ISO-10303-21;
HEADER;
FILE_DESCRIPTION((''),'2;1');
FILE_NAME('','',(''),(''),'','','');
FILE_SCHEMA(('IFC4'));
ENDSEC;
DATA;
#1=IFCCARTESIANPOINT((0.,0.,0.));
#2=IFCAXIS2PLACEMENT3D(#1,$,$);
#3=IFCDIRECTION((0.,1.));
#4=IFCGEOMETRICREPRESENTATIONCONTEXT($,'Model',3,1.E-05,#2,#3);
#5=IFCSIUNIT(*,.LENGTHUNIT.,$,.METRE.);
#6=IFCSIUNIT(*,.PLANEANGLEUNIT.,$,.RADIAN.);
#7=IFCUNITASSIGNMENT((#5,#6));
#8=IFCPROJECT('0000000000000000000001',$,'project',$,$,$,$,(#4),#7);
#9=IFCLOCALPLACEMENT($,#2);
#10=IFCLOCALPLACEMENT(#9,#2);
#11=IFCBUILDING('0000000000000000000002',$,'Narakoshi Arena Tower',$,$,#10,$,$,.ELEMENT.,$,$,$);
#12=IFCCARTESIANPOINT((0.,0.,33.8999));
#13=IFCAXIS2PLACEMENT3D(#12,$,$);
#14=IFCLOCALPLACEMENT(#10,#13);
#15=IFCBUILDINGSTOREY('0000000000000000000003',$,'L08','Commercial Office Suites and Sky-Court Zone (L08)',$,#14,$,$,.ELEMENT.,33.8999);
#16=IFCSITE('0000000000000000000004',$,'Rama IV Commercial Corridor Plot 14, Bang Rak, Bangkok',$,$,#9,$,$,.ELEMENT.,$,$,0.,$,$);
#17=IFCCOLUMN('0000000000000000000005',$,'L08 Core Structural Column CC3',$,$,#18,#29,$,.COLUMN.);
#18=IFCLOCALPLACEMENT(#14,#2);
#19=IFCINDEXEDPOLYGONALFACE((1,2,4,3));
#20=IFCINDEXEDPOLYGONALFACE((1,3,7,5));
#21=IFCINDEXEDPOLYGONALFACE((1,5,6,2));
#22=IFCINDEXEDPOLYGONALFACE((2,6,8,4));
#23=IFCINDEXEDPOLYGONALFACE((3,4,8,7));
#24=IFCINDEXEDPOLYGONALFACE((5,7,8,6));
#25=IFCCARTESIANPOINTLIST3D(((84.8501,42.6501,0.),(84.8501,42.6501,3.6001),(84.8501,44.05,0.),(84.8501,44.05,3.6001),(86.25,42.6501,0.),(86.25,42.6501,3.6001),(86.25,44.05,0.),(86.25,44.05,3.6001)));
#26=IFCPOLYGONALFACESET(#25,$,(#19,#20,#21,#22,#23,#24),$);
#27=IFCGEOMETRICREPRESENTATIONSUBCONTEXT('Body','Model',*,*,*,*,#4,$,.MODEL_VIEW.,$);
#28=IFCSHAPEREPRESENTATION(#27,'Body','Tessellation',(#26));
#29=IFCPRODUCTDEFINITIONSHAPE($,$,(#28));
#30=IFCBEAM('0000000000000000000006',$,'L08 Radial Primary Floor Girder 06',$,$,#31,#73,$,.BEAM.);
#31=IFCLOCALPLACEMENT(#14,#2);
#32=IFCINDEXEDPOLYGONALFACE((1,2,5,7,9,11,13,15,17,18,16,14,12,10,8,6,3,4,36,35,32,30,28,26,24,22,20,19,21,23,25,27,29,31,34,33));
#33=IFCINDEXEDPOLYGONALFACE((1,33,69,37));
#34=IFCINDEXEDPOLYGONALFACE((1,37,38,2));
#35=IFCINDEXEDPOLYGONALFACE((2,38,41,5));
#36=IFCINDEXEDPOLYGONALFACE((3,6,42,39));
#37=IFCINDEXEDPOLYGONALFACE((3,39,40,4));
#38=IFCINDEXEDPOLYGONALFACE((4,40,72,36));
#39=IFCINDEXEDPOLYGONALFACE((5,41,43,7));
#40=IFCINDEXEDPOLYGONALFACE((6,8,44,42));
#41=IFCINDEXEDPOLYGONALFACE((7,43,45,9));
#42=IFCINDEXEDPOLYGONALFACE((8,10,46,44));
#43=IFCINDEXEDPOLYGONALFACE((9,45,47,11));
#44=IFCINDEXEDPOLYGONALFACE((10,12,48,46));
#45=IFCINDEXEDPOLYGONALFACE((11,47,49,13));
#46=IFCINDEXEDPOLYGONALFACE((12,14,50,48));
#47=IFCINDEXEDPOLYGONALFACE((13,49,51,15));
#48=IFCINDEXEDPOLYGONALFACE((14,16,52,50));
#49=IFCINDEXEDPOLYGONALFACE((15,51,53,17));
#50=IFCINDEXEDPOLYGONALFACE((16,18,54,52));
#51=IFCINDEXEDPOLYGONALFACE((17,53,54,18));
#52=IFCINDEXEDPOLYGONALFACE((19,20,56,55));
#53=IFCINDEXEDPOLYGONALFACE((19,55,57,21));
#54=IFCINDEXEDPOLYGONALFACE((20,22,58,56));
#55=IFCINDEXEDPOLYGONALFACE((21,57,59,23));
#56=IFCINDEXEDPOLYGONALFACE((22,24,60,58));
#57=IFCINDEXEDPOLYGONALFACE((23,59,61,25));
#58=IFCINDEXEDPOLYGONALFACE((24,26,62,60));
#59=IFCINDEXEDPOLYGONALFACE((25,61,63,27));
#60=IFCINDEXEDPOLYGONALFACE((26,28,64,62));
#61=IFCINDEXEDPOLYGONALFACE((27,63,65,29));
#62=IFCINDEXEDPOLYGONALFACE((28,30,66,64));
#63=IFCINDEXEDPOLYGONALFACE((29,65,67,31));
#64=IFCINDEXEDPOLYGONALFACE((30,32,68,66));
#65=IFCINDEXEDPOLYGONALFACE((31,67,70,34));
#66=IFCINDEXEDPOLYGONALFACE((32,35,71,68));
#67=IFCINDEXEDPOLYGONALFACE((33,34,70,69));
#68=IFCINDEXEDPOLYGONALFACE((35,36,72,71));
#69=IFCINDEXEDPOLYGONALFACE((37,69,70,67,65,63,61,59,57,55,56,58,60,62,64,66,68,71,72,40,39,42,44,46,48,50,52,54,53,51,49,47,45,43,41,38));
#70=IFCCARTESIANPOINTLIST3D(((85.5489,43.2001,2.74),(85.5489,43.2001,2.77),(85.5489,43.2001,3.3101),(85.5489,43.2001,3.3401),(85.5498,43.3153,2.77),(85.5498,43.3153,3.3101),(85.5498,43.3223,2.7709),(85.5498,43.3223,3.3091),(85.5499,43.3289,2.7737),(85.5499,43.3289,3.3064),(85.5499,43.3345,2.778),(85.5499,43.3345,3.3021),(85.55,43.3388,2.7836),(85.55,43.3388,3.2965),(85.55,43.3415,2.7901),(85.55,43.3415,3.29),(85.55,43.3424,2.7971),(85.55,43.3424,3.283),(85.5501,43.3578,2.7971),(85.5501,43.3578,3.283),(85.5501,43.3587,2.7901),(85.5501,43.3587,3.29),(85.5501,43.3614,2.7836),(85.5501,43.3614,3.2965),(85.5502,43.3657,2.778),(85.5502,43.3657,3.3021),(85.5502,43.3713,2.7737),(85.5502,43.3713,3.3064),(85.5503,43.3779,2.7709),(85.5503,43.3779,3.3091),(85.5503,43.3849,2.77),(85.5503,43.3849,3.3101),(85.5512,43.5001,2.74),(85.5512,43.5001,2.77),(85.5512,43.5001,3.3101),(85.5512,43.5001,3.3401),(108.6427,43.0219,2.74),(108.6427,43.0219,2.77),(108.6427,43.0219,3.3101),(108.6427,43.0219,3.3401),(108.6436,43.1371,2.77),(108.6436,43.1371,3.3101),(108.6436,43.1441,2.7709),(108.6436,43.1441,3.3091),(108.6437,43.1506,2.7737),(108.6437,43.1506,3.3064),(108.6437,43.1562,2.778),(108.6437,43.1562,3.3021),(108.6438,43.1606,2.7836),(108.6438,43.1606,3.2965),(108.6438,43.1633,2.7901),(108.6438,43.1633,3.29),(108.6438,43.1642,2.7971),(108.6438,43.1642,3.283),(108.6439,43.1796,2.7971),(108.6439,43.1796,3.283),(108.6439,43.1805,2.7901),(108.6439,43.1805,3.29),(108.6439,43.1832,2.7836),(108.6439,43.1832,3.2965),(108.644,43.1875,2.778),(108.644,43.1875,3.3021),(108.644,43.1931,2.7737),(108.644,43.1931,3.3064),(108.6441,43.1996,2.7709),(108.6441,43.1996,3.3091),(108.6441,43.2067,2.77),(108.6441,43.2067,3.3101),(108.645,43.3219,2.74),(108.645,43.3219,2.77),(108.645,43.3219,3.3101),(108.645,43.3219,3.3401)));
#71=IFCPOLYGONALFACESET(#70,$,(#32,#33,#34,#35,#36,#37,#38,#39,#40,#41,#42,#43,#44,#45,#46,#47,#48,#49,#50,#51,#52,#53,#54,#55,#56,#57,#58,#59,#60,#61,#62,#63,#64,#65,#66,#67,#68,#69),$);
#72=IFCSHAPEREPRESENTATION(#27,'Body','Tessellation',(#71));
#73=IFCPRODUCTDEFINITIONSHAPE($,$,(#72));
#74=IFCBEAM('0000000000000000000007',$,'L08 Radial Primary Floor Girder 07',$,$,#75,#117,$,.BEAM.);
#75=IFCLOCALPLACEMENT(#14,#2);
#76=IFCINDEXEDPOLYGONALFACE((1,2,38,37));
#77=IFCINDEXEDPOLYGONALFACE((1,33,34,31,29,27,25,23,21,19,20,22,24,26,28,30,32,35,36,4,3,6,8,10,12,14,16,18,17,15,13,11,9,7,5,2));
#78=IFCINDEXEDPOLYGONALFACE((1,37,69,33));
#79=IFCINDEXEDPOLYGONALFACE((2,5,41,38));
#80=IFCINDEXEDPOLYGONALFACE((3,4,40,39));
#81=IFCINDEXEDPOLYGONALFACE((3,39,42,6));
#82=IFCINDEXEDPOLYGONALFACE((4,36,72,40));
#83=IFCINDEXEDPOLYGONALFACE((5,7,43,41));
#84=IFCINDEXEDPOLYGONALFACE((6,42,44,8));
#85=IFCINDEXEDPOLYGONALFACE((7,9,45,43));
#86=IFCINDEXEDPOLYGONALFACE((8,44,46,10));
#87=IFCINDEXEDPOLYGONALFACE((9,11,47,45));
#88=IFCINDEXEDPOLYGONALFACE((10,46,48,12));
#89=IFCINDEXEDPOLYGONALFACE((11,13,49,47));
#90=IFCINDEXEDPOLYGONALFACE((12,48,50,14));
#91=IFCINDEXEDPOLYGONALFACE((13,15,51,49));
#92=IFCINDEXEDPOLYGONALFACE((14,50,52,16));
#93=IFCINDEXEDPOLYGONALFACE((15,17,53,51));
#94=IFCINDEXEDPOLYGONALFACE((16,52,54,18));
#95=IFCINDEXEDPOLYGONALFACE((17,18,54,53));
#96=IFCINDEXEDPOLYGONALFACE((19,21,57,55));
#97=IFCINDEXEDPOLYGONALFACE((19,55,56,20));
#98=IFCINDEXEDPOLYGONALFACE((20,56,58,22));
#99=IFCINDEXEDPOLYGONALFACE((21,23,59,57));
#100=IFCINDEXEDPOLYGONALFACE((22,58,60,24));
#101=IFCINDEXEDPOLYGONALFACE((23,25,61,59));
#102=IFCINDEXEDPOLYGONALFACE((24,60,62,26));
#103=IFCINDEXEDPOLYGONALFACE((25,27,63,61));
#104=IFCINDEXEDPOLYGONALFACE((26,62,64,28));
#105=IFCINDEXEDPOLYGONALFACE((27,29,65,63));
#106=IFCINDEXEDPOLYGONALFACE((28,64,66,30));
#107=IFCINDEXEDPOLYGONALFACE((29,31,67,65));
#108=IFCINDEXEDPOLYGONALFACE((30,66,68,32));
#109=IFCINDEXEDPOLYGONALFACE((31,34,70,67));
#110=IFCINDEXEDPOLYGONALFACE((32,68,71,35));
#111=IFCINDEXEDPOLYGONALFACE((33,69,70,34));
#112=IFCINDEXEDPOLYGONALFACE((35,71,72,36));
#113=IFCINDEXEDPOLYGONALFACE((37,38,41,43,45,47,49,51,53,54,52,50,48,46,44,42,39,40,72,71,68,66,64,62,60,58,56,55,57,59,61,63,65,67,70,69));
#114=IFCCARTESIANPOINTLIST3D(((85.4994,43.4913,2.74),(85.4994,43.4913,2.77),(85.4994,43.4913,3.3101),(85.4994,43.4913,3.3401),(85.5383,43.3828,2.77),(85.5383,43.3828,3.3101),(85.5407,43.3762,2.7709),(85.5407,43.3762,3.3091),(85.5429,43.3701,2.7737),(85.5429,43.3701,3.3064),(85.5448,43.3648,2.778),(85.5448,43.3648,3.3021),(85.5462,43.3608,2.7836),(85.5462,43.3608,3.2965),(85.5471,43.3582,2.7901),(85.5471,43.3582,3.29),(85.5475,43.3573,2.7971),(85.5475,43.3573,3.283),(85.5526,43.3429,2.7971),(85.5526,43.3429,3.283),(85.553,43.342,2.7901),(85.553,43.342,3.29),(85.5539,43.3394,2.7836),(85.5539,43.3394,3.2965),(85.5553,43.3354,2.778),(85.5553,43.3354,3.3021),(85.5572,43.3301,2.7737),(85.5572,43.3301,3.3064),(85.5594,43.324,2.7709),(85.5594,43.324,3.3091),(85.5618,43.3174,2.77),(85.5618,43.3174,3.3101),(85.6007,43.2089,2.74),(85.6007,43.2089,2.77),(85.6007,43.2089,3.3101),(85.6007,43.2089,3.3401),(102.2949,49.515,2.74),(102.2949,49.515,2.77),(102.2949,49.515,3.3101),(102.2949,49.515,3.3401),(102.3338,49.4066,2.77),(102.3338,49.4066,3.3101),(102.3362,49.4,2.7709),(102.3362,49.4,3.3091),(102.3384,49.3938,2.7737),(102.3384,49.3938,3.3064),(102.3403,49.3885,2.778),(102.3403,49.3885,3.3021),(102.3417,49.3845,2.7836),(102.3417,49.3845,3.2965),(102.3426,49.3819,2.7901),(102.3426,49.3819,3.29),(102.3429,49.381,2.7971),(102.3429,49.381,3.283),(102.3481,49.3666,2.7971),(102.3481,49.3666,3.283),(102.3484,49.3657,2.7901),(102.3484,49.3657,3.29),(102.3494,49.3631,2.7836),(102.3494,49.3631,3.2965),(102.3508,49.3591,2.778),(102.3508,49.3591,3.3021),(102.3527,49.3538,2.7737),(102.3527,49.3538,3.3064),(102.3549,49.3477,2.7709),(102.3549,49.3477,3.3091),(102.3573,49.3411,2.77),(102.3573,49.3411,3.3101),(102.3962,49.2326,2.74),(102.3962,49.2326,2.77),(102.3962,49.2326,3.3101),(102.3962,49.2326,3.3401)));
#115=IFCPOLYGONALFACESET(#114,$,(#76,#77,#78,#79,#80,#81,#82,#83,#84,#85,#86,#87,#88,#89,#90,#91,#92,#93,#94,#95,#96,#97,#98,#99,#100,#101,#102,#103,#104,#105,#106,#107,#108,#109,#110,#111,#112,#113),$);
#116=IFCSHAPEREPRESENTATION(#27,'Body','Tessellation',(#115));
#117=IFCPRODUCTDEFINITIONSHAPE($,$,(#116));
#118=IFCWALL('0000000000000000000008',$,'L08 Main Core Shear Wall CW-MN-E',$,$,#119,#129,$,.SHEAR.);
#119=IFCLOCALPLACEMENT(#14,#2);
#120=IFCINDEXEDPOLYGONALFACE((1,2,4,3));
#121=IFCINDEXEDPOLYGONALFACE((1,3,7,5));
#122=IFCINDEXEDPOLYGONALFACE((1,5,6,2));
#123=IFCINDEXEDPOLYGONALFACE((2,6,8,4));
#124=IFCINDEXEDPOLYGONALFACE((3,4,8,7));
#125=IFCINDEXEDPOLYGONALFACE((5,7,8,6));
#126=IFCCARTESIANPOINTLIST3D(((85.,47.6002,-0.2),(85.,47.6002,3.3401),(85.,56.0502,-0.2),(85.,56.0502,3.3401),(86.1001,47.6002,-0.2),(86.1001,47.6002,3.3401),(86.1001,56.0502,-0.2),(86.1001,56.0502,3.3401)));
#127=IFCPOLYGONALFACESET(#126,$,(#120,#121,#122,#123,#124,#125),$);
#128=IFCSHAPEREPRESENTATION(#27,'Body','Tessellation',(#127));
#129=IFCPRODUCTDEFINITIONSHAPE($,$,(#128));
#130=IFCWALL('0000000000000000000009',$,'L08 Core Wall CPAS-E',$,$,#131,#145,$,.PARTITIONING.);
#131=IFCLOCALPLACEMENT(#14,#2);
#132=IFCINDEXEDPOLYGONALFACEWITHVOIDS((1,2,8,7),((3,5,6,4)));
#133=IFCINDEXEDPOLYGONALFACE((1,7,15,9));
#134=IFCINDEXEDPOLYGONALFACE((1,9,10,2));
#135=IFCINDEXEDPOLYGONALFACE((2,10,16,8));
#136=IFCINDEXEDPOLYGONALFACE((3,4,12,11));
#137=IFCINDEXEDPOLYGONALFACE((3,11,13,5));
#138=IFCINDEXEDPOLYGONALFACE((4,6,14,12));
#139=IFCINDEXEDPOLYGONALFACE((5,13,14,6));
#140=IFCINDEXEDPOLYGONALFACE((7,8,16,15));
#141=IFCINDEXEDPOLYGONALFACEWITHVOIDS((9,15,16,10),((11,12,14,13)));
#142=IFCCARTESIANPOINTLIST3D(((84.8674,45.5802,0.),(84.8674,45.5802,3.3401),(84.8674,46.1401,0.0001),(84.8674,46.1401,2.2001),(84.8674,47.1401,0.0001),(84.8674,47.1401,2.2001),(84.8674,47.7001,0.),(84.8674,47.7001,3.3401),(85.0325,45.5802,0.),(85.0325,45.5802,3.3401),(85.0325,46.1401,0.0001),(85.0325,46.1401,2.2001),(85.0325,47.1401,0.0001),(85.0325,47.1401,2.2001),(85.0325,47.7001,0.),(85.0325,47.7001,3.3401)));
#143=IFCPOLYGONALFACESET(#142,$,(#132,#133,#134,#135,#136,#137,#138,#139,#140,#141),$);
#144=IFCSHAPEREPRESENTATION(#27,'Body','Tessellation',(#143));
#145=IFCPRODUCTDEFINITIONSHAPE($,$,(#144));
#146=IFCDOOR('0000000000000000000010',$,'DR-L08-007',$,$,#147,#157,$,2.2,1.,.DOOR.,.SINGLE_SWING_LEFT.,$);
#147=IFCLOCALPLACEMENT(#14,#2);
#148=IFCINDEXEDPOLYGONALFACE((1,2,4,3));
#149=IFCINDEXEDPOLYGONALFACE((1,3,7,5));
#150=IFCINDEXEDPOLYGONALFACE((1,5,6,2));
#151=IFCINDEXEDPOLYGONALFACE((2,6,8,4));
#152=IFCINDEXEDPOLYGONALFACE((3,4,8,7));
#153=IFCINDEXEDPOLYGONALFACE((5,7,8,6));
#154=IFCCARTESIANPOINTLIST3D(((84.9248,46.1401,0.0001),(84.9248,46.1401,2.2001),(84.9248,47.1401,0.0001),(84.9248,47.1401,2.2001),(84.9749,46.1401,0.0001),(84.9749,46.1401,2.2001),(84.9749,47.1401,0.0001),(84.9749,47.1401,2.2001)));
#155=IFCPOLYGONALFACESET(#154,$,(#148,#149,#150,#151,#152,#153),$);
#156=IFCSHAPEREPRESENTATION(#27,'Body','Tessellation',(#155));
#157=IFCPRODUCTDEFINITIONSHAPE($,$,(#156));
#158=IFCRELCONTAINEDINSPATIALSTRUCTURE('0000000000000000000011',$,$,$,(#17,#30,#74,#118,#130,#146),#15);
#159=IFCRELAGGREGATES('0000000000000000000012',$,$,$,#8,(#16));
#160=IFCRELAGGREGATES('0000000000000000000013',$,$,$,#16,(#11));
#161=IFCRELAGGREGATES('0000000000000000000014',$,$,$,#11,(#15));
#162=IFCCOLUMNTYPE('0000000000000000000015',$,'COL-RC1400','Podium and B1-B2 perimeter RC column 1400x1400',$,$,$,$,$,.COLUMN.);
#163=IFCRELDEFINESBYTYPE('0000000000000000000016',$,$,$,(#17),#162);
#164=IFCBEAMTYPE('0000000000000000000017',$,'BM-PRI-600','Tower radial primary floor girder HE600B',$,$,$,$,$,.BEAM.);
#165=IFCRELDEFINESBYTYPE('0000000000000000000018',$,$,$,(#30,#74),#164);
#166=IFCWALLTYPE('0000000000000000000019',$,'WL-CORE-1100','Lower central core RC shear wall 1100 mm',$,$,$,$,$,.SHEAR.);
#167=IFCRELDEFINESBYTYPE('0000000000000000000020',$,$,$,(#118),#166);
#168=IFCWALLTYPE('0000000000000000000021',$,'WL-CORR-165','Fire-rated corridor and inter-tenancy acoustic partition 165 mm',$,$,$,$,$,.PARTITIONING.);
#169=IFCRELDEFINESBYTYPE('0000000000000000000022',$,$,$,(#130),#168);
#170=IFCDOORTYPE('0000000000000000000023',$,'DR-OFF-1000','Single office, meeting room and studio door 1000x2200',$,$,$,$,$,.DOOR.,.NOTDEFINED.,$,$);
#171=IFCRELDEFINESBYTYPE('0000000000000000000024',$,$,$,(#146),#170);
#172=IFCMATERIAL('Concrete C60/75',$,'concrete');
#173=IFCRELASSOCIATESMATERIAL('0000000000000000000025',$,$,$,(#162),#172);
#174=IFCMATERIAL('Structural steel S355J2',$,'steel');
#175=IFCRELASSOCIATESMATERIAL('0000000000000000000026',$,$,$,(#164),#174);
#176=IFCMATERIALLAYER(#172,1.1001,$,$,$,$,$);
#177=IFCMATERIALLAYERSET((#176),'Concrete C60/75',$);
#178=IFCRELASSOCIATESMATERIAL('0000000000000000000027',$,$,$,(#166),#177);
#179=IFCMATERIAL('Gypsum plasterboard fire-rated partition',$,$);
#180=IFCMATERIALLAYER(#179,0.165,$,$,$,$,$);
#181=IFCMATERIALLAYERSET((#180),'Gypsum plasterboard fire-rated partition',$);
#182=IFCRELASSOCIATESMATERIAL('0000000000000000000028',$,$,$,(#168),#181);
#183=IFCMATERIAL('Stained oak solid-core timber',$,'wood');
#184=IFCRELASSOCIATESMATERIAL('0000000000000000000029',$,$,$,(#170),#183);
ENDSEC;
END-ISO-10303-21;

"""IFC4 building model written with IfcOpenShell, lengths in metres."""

from ifc_helpers import new_model, si_unit, direction, frame, frame_2d, origin, origin_2d, place, context, subcontext, project, spatial, rectangle, i_section, extrude, material, layer, layer_set, material_profile, profile_set, type_object, element, fill, save


model = new_model("IFC4")

# Units and contexts
model_context = context("Model", 3, precision=1e-05, world=origin(), true_north=direction((0.0, 1.0)))
body_context = subcontext(model_context, "Body", "Model", "MODEL_VIEW")
ifc_project = project(units=[si_unit("LENGTHUNIT", "METRE"), si_unit("PLANEANGLEUNIT", "RADIAN")], contexts=[model_context])

# Site, building, storey
site_placement = place(None, origin())
site = spatial("IfcSite", under=ifc_project, at=site_placement, Name="Rama IV Commercial Corridor Plot 14, Bang Rak, Bangkok", CompositionType="ELEMENT", RefElevation=0.0)
building_placement = place(site_placement, origin())
building = spatial("IfcBuilding", under=site, at=building_placement, Name="Narakoshi Arena Tower", CompositionType="ELEMENT")
storey_placement = place(building_placement, frame((0.0, 0.0, 33.8999)))
storey = spatial("IfcBuildingStorey", under=building, at=storey_placement, Name="L08", Description="Commercial Office Suites and Sky-Court Zone (L08)", CompositionType="ELEMENT", Elevation=33.8999)

# Column
ifc_material_1 = material(Name="Concrete C60/75", Category="concrete")
ifc_material_profile_1 = material_profile(ifc_material_1, rectangle(XDim=1.3999, YDim=1.3999, at=origin_2d()), Name="RC1400x1400")
ifc_profile_set_1 = profile_set([ifc_material_profile_1], Name="Concrete C60/75")
column_type = type_object("IfcColumnType", Name="COL-RC1400", Description="Podium and B1-B2 perimeter RC column 1400x1400", PredefinedType="COLUMN", material=ifc_profile_set_1)
column_placement = place(storey_placement, frame((85.55, 43.3501, 0.0), z_axis=(0.0, 0.0, 1.0), x_axis=(1.0, 0.0, 0.0)))
element("IfcColumn", 1, at=column_placement, inside=storey, type_object=column_type, Name="L08 Core Structural Column CC3", PredefinedType="COLUMN", context=body_context, shape_type="SweptSolid", body=[
    extrude(rectangle(XDim=1.3999, YDim=1.3999, at=origin_2d()), origin(), (0.0, 0.0, 1.0), 3.6001),
])

# Beams
ifc_material_2 = material(Name="Structural steel S355J2", Category="steel")
ifc_material_profile_2 = material_profile(ifc_material_2, i_section(OverallWidth=0.3, OverallDepth=0.6001, WebThickness=0.0154, FlangeThickness=0.03, FilletRadius=0.0271, at=origin_2d()), Name="HE600B")
ifc_profile_set_2 = profile_set([ifc_material_profile_2], Name="Structural steel S355J2")
beam_type = type_object("IfcBeamType", Name="BM-PRI-600", Description="Tower radial primary floor girder HE600B", PredefinedType="BEAM", material=ifc_profile_set_2)
beam_1_placement = place(storey_placement, frame((85.55, 43.3501, 3.04), z_axis=(0.99997, -0.007717, 0.0), x_axis=(0.007717, 0.99997, 0.0)))
element("IfcBeam", 2, at=beam_1_placement, inside=storey, type_object=beam_type, Name="L08 Radial Primary Floor Girder 06", PredefinedType="BEAM", context=body_context, shape_type="SweptSolid", body=[
    extrude(i_section(OverallWidth=0.3, OverallDepth=0.6001, WebThickness=0.0154, FlangeThickness=0.03, FilletRadius=0.0271, at=origin_2d()), origin(), (0.0, 0.0, 1.0), 23.0945),
])
beam_2_placement = place(storey_placement, frame((85.55, 43.3501, 3.04), z_axis=(0.941292, 0.337595, 0.0), x_axis=(-0.337595, 0.941292, 0.0)))
element("IfcBeam", 3, at=beam_2_placement, inside=storey, type_object=beam_type, Name="L08 Radial Primary Floor Girder 07", PredefinedType="BEAM", context=body_context, shape_type="SweptSolid", body=[
    extrude(i_section(OverallWidth=0.3, OverallDepth=0.6001, WebThickness=0.0154, FlangeThickness=0.03, FilletRadius=0.0271, at=origin_2d()), origin(), (0.0, 0.0, 1.0), 17.843),
])

# Wall
ifc_layer_1 = layer(ifc_material_1, 1.1001)
ifc_layer_set_1 = layer_set([ifc_layer_1], Name="Concrete C60/75")
wall_type_1 = type_object("IfcWallType", Name="WL-CORE-1100", Description="Lower central core RC shear wall 1100 mm", PredefinedType="SHEAR", material=ifc_layer_set_1)
wall_1_placement = place(storey_placement, frame((85.55, 47.6001, -0.2), z_axis=(0.0, 0.0, 1.0), x_axis=(0.0, 1.0, 0.0)))
element("IfcWall", 4, at=wall_1_placement, inside=storey, type_object=wall_type_1, Name="L08 Main Core Shear Wall CW-MN-E", PredefinedType="SHEAR", context=body_context, shape_type="SweptSolid", body=[
    extrude(rectangle(XDim=8.45, YDim=1.1001, at=frame_2d((4.2251, 0.0))), origin(), (0.0, 0.0, 1.0), 3.54),
])

# Wall, opening, door
ifc_material_3 = material(Name="Gypsum plasterboard fire-rated partition")
ifc_layer_2 = layer(ifc_material_3, 0.165)
ifc_layer_set_2 = layer_set([ifc_layer_2], Name="Gypsum plasterboard fire-rated partition")
wall_type_2 = type_object("IfcWallType", Name="WL-CORR-165", Description="Fire-rated corridor and inter-tenancy acoustic partition 165 mm", PredefinedType="PARTITIONING", material=ifc_layer_set_2)
wall_2_placement = place(storey_placement, frame((84.95, 45.5801, 0.0), z_axis=(0.0, 0.0, 1.0), x_axis=(0.0, 1.0, 0.0)))
wall_2 = element("IfcWall", 5, at=wall_2_placement, inside=storey, type_object=wall_type_2, Name="L08 Core Wall CPAS-E", PredefinedType="PARTITIONING", context=body_context, shape_type="SweptSolid", body=[
    extrude(rectangle(XDim=2.1199, YDim=0.165, at=frame_2d((1.0601, 0.0))), origin(), (0.0, 0.0, 1.0), 3.3401),
])
opening_1_placement = place(wall_2_placement, frame((0.5601, 0.0, 0.0)))
opening_1 = element("IfcOpeningElement", 6, at=opening_1_placement, cuts=wall_2, PredefinedType="OPENING", context=body_context, shape_type="SweptSolid", body=[
    extrude(rectangle(XDim=1.0, YDim=2.2, at=frame_2d((0.5, 1.1001))), frame((0.0, 0.0925, 0.0), z_axis=(0.0, -1.0, 0.0), x_axis=(1.0, 0.0, 0.0)), (0.0, 0.0, 1.0), 0.1851),
])
ifc_material_4 = material(Name="Stained oak solid-core timber", Category="wood")
door_type_1 = type_object("IfcDoorType", Name="DR-OFF-1000", Description="Single office, meeting room and studio door 1000x2200", OperationType="NOTDEFINED", PredefinedType="DOOR", material=ifc_material_4)
door_1_placement = place(opening_1_placement, frame((1.0, 0.0, 0.0), z_axis=(0.0, 0.0, 1.0), x_axis=(-1.0, 0.0, 0.0)))
door_1 = element("IfcDoor", 7, at=door_1_placement, inside=storey, type_object=door_type_1, Name="DR-L08-007", OperationType="SINGLE_SWING_LEFT", OverallHeight=2.2, OverallWidth=1.0, PredefinedType="DOOR", context=body_context, shape_type="SweptSolid", body=[
    extrude(rectangle(XDim=1.0, YDim=2.2, at=frame_2d((0.5, 1.1001))), frame((0.0, 0.0249, 0.0), z_axis=(0.0, -1.0, 0.0), x_axis=(1.0, 0.0, 0.0)), (0.0, 0.0, 1.0), 0.05),
])
fill(opening_1, door_1)

save(model, "model.ifc")
